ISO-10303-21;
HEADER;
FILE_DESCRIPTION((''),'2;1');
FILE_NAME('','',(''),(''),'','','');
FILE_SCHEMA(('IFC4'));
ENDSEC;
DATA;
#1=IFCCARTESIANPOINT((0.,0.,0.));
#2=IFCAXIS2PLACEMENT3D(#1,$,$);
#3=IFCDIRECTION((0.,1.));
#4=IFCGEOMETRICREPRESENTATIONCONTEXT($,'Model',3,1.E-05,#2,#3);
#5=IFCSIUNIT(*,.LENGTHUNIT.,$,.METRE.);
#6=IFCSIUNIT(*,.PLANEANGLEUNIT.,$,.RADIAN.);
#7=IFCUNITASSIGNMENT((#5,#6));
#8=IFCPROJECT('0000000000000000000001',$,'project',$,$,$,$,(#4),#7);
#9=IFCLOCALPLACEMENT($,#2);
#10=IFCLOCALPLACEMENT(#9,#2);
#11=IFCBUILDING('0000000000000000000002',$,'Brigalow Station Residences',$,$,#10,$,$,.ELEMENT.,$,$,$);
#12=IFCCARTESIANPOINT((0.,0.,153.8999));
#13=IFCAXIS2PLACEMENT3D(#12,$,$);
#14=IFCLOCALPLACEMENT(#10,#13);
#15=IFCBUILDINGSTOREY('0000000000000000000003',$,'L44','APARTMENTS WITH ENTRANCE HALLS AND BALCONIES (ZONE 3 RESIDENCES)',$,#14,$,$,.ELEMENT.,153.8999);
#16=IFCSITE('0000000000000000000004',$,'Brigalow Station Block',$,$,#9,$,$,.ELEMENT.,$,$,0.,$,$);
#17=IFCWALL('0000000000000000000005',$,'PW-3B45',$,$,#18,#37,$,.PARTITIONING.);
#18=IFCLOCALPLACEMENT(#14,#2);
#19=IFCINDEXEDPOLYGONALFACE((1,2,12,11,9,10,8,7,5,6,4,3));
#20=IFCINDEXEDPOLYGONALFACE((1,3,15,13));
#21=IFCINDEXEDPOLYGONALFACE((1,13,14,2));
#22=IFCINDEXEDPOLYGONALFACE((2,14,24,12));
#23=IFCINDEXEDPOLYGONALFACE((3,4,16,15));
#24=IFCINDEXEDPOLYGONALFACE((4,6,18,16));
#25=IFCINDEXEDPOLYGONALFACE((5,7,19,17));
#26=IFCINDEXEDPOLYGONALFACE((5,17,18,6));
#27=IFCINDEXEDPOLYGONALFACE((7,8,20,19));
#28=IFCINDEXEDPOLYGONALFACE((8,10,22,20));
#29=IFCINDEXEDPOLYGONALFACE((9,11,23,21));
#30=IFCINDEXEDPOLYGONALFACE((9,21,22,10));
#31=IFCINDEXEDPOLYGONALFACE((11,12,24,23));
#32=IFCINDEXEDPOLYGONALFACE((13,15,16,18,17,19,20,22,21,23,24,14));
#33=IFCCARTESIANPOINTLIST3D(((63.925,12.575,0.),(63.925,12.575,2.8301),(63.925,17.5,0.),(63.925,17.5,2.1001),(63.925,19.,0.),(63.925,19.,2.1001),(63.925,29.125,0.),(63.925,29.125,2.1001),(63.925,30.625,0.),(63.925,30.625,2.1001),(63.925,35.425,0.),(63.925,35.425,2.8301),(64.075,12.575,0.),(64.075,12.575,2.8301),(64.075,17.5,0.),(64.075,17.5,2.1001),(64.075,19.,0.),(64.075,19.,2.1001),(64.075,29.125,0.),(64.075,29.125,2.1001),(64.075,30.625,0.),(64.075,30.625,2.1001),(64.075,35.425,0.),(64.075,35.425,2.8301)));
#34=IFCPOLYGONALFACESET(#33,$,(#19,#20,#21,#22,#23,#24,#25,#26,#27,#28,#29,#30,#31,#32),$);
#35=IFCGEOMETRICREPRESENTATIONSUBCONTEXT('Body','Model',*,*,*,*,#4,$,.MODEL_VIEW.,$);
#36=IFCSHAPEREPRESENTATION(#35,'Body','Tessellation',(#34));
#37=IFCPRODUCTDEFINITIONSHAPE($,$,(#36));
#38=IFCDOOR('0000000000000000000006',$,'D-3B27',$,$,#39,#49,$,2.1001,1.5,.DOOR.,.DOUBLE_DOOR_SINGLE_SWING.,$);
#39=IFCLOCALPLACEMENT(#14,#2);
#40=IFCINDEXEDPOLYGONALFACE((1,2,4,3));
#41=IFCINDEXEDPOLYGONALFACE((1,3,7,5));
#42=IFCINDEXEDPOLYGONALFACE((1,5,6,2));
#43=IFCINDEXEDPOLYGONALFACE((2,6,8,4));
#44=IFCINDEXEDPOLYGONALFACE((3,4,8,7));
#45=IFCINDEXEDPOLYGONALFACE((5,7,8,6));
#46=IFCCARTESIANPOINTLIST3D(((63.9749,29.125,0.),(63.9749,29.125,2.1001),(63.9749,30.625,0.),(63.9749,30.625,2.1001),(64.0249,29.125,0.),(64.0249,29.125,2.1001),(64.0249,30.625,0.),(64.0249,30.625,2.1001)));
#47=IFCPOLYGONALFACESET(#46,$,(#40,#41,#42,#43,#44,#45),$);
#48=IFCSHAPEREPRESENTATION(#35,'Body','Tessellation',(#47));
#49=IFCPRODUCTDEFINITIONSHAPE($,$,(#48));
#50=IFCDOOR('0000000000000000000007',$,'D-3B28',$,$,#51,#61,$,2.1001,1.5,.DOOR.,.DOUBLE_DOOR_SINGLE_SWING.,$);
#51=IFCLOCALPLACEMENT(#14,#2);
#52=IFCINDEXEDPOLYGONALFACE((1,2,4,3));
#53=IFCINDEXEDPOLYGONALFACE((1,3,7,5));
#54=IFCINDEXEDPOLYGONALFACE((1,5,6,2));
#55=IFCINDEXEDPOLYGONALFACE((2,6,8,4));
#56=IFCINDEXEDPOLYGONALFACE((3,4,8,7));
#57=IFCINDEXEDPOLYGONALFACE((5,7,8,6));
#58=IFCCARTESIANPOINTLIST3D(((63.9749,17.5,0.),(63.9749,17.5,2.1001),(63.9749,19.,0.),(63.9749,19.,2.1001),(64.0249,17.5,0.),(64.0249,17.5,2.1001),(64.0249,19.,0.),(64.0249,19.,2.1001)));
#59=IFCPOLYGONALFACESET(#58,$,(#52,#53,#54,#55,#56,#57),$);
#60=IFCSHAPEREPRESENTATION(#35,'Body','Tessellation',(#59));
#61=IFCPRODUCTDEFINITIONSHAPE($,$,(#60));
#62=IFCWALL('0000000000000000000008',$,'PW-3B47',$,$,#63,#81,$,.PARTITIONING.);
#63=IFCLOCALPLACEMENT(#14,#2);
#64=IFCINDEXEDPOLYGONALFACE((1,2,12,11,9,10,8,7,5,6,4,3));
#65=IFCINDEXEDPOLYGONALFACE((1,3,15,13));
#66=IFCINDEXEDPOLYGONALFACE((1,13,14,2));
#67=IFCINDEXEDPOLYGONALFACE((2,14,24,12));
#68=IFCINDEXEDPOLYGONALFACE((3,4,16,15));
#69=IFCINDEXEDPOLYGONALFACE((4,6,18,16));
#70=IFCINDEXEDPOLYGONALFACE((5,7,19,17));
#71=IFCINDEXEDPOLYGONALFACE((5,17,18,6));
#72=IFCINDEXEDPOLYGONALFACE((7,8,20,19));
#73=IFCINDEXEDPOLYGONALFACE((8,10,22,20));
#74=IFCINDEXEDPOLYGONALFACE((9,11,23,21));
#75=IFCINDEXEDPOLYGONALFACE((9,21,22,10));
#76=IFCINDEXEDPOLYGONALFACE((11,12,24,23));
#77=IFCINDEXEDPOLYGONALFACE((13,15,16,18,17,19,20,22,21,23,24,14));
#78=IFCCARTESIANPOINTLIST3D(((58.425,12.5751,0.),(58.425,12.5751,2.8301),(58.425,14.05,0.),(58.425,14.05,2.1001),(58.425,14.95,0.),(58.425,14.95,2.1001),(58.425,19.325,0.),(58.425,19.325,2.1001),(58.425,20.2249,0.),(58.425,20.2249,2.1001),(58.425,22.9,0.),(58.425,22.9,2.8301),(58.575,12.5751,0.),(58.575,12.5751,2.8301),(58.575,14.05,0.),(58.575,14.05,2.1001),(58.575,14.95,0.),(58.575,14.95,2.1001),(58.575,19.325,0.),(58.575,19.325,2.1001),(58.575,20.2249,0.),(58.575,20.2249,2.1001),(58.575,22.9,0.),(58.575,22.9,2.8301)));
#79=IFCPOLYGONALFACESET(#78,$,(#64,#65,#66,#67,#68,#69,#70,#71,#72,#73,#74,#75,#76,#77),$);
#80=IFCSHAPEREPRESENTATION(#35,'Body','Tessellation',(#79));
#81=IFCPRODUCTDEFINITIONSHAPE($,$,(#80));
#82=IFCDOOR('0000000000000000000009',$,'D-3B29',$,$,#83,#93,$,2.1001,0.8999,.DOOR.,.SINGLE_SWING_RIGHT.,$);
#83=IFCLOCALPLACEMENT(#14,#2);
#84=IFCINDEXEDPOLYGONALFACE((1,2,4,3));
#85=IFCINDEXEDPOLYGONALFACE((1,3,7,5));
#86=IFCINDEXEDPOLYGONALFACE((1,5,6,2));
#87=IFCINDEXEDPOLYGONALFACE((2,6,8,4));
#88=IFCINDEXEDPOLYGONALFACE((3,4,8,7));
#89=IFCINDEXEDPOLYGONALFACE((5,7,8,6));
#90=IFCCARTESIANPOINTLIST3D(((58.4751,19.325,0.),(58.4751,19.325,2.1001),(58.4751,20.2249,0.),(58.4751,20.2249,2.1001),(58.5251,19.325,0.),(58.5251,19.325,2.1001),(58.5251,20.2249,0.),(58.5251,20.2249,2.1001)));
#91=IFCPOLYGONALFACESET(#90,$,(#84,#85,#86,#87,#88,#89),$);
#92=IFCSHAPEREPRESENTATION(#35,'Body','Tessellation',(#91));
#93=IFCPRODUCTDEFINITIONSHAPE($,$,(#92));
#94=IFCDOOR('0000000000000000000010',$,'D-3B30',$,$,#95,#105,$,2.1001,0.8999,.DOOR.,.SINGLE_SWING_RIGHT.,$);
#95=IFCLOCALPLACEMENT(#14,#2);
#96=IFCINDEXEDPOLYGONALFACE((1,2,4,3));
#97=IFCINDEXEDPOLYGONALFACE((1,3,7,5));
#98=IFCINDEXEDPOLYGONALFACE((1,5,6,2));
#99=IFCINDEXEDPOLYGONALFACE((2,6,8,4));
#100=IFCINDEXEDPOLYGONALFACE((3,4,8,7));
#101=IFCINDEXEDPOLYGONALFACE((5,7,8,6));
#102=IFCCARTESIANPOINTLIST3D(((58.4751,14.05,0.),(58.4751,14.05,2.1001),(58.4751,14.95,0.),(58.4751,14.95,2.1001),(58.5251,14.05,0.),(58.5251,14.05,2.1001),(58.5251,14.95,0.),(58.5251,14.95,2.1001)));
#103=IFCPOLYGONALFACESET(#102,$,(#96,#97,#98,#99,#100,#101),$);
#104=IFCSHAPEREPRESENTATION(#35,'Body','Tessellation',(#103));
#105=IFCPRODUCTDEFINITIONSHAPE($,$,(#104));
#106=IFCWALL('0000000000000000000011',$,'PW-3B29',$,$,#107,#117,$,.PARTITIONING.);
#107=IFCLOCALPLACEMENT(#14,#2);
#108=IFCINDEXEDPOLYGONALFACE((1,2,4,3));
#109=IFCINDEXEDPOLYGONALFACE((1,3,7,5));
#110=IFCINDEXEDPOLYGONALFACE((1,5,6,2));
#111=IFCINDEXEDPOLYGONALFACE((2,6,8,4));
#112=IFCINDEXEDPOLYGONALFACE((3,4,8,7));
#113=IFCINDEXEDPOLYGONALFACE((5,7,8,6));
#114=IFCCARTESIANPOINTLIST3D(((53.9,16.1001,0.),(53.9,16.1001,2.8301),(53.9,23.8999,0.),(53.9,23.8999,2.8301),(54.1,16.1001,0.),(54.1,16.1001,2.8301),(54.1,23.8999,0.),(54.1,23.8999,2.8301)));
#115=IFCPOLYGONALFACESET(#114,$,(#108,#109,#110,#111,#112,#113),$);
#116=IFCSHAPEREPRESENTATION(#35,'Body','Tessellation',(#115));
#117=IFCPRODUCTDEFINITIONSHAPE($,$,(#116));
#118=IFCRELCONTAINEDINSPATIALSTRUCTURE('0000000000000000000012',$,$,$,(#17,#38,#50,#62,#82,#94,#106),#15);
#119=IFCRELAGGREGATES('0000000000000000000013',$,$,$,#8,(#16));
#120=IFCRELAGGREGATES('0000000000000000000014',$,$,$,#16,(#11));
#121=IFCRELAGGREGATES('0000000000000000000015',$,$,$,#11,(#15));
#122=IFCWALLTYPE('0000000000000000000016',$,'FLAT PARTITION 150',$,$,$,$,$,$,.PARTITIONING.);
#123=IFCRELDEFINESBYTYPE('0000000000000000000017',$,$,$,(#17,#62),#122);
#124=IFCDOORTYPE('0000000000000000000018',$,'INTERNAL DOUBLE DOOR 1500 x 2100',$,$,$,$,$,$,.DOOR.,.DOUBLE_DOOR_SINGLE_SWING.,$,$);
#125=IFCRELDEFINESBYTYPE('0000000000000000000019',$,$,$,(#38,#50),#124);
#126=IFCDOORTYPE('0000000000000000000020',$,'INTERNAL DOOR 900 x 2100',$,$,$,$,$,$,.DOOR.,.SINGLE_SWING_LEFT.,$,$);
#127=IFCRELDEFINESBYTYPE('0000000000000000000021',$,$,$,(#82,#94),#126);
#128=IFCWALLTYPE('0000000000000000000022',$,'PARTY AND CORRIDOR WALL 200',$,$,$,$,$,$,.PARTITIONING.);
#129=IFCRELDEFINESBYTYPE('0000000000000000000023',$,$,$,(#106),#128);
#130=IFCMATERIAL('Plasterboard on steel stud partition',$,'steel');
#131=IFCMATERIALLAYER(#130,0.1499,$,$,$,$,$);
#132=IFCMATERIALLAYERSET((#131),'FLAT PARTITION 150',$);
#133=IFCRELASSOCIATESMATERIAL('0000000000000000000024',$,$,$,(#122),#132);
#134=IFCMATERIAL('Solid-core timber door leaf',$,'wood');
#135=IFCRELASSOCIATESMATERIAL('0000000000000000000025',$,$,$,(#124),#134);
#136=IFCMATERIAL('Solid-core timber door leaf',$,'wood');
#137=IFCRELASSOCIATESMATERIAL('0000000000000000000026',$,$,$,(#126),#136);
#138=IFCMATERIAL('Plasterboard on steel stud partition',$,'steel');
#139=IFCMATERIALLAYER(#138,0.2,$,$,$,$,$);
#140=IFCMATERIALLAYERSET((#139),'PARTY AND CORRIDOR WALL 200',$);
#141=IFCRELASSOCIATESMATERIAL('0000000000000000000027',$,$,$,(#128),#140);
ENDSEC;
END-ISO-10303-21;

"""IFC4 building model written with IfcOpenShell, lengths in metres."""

from ifc_helpers import new_model, si_unit, direction, frame, frame_2d, origin, place, context, subcontext, project, spatial, rectangle, extrude, material, layer, layer_set, type_object, element, fill, save


model = new_model("IFC4")

# Units and contexts
model_context = context("Model", 3, precision=1e-05, world=origin(), true_north=direction((0.0, 1.0)))
body_context = subcontext(model_context, "Body", "Model", "MODEL_VIEW")
ifc_project = project(units=[si_unit("LENGTHUNIT", "METRE"), si_unit("PLANEANGLEUNIT", "RADIAN")], contexts=[model_context])

# Site, building, storey
site_placement = place(None, origin())
site = spatial("IfcSite", under=ifc_project, at=site_placement, Name="Brigalow Station Block", CompositionType="ELEMENT", RefElevation=0.0)
building_placement = place(site_placement, origin())
building = spatial("IfcBuilding", under=site, at=building_placement, Name="Brigalow Station Residences", CompositionType="ELEMENT")
storey_placement = place(building_placement, frame((0.0, 0.0, 153.8999)))
storey = spatial("IfcBuildingStorey", under=building, at=storey_placement, Name="L44", Description="APARTMENTS WITH ENTRANCE HALLS AND BALCONIES (ZONE 3 RESIDENCES)", CompositionType="ELEMENT", Elevation=153.8999)

# Shared definitions
ifc_material_1 = material(Name="Plasterboard on steel stud partition", Category="steel")
ifc_layer_1 = layer(ifc_material_1, 0.1499)
ifc_layer_set_1 = layer_set([ifc_layer_1], Name="FLAT PARTITION 150")
wall_type_1 = type_object("IfcWallType", Name="FLAT PARTITION 150", PredefinedType="PARTITIONING", material=ifc_layer_set_1)

# Shared definitions
ifc_material_2 = material(Name="Solid-core timber door leaf", Category="wood")
door_type_1 = type_object("IfcDoorType", Name="INTERNAL DOUBLE DOOR 1500 x 2100", OperationType="DOUBLE_DOOR_SINGLE_SWING", PredefinedType="DOOR", material=ifc_material_2)

# Walls, openings, doors
wall_1_placement = place(storey_placement, frame((64.0, 12.575, 0.0), z_axis=(0.0, 0.0, 1.0), x_axis=(0.0, 1.0, 0.0)))
wall_1 = element("IfcWall", 1, at=wall_1_placement, inside=storey, type_object=wall_type_1, Name="PW-3B45", PredefinedType="PARTITIONING", context=body_context, shape_type="SweptSolid", body=[
    extrude(rectangle(XDim=22.8501, YDim=0.1499, at=frame_2d((11.425, 0.0))), origin(), (0.0, 0.0, 1.0), 2.8301),
])
opening_1_placement = place(wall_1_placement, frame((16.55, 0.0, 0.0)))
opening_1 = element("IfcOpeningElement", 2, at=opening_1_placement, cuts=wall_1, PredefinedType="OPENING", context=body_context, shape_type="SweptSolid", body=[
    extrude(rectangle(XDim=1.5, YDim=2.1001, at=frame_2d((0.75, 1.05))), frame((0.0, 0.085, 0.0), z_axis=(0.0, -1.0, 0.0), x_axis=(1.0, 0.0, 0.0)), (0.0, 0.0, 1.0), 0.1699),
])
opening_2_placement = place(wall_1_placement, frame((4.925, 0.0, 0.0)))
opening_2 = element("IfcOpeningElement", 3, at=opening_2_placement, cuts=wall_1, PredefinedType="OPENING", context=body_context, shape_type="SweptSolid", body=[
    extrude(rectangle(XDim=1.5, YDim=2.1001, at=frame_2d((0.75, 1.05))), frame((0.0, 0.085, 0.0), z_axis=(0.0, -1.0, 0.0), x_axis=(1.0, 0.0, 0.0)), (0.0, 0.0, 1.0), 0.1699),
])
door_1_placement = place(opening_1_placement, frame((1.5, 0.0, 0.0), z_axis=(0.0, 0.0, 1.0), x_axis=(-1.0, 0.0, 0.0)))
door_1 = element("IfcDoor", 4, at=door_1_placement, inside=storey, type_object=door_type_1, Name="D-3B27", OperationType="DOUBLE_DOOR_SINGLE_SWING", OverallHeight=2.1001, OverallWidth=1.5, PredefinedType="DOOR", context=body_context, shape_type="SweptSolid", body=[
    extrude(rectangle(XDim=1.5, YDim=2.1001, at=frame_2d((0.75, 1.05))), frame((0.0, 0.0249, 0.0), z_axis=(0.0, -1.0, 0.0), x_axis=(1.0, 0.0, 0.0)), (0.0, 0.0, 1.0), 0.05),
])
fill(opening_1, door_1)
door_2_placement = place(opening_2_placement, frame((1.5, 0.0, 0.0), z_axis=(0.0, 0.0, 1.0), x_axis=(-1.0, 0.0, 0.0)))
door_2 = element("IfcDoor", 5, at=door_2_placement, inside=storey, type_object=door_type_1, Name="D-3B28", OperationType="DOUBLE_DOOR_SINGLE_SWING", OverallHeight=2.1001, OverallWidth=1.5, PredefinedType="DOOR", context=body_context, shape_type="SweptSolid", body=[
    extrude(rectangle(XDim=1.5, YDim=2.1001, at=frame_2d((0.75, 1.05))), frame((0.0, 0.0249, 0.0), z_axis=(0.0, -1.0, 0.0), x_axis=(1.0, 0.0, 0.0)), (0.0, 0.0, 1.0), 0.05),
])
fill(opening_2, door_2)
wall_2_placement = place(storey_placement, frame((58.5, 12.575, 0.0), z_axis=(0.0, 0.0, 1.0), x_axis=(0.0, 1.0, 0.0)))
wall_2 = element("IfcWall", 6, at=wall_2_placement, inside=storey, type_object=wall_type_1, Name="PW-3B47", PredefinedType="PARTITIONING", context=body_context, shape_type="SweptSolid", body=[
    extrude(rectangle(XDim=10.325, YDim=0.1499, at=frame_2d((5.1626, 0.0))), origin(), (0.0, 0.0, 1.0), 2.8301),
])
opening_3_placement = place(wall_2_placement, frame((6.75, 0.0, 0.0)))
opening_3 = element("IfcOpeningElement", 7, at=opening_3_placement, cuts=wall_2, PredefinedType="OPENING", context=body_context, shape_type="SweptSolid", body=[
    extrude(rectangle(XDim=0.8999, YDim=2.1001, at=frame_2d((0.45, 1.05))), frame((0.0, 0.085, 0.0), z_axis=(0.0, -1.0, 0.0), x_axis=(1.0, 0.0, 0.0)), (0.0, 0.0, 1.0), 0.1699),
])
opening_4_placement = place(wall_2_placement, frame((1.4751, 0.0, 0.0)))
opening_4 = element("IfcOpeningElement", 8, at=opening_4_placement, cuts=wall_2, PredefinedType="OPENING", context=body_context, shape_type="SweptSolid", body=[
    extrude(rectangle(XDim=0.8999, YDim=2.1001, at=frame_2d((0.45, 1.05))), frame((0.0, 0.085, 0.0), z_axis=(0.0, -1.0, 0.0), x_axis=(1.0, 0.0, 0.0)), (0.0, 0.0, 1.0), 0.1699),
])
ifc_material_3 = material(Name="Solid-core timber door leaf", Category="wood")
door_type_2 = type_object("IfcDoorType", Name="INTERNAL DOOR 900 x 2100", OperationType="SINGLE_SWING_LEFT", PredefinedType="DOOR", material=ifc_material_3)
door_3_placement = place(opening_3_placement, origin())
door_3 = element("IfcDoor", 9, at=door_3_placement, inside=storey, type_object=door_type_2, Name="D-3B29", OperationType="SINGLE_SWING_RIGHT", OverallHeight=2.1001, OverallWidth=0.8999, PredefinedType="DOOR", context=body_context, shape_type="SweptSolid", body=[
    extrude(rectangle(XDim=0.8999, YDim=2.1001, at=frame_2d((0.45, 1.05))), frame((0.0, 0.0249, 0.0), z_axis=(0.0, -1.0, 0.0), x_axis=(1.0, 0.0, 0.0)), (0.0, 0.0, 1.0), 0.05),
])
fill(opening_3, door_3)
door_4_placement = place(opening_4_placement, origin())
door_4 = element("IfcDoor", 10, at=door_4_placement, inside=storey, type_object=door_type_2, Name="D-3B30", OperationType="SINGLE_SWING_RIGHT", OverallHeight=2.1001, OverallWidth=0.8999, PredefinedType="DOOR", context=body_context, shape_type="SweptSolid", body=[
    extrude(rectangle(XDim=0.8999, YDim=2.1001, at=frame_2d((0.45, 1.05))), frame((0.0, 0.0249, 0.0), z_axis=(0.0, -1.0, 0.0), x_axis=(1.0, 0.0, 0.0)), (0.0, 0.0, 1.0), 0.05),
])
fill(opening_4, door_4)

# Wall
ifc_material_4 = material(Name="Plasterboard on steel stud partition", Category="steel")
ifc_layer_2 = layer(ifc_material_4, 0.2)
ifc_layer_set_2 = layer_set([ifc_layer_2], Name="PARTY AND CORRIDOR WALL 200")
wall_type_2 = type_object("IfcWallType", Name="PARTY AND CORRIDOR WALL 200", PredefinedType="PARTITIONING", material=ifc_layer_set_2)
wall_3_placement = place(storey_placement, frame((54.0, 16.1001, 0.0), z_axis=(0.0, 0.0, 1.0), x_axis=(0.0, 1.0, 0.0)))
element("IfcWall", 11, at=wall_3_placement, inside=storey, type_object=wall_type_2, Name="PW-3B29", PredefinedType="PARTITIONING", context=body_context, shape_type="SweptSolid", body=[
    extrude(rectangle(XDim=7.7998, YDim=0.2, at=frame_2d((3.8999, 0.0))), origin(), (0.0, 0.0, 1.0), 2.8301),
])

save(model, "model.ifc")
